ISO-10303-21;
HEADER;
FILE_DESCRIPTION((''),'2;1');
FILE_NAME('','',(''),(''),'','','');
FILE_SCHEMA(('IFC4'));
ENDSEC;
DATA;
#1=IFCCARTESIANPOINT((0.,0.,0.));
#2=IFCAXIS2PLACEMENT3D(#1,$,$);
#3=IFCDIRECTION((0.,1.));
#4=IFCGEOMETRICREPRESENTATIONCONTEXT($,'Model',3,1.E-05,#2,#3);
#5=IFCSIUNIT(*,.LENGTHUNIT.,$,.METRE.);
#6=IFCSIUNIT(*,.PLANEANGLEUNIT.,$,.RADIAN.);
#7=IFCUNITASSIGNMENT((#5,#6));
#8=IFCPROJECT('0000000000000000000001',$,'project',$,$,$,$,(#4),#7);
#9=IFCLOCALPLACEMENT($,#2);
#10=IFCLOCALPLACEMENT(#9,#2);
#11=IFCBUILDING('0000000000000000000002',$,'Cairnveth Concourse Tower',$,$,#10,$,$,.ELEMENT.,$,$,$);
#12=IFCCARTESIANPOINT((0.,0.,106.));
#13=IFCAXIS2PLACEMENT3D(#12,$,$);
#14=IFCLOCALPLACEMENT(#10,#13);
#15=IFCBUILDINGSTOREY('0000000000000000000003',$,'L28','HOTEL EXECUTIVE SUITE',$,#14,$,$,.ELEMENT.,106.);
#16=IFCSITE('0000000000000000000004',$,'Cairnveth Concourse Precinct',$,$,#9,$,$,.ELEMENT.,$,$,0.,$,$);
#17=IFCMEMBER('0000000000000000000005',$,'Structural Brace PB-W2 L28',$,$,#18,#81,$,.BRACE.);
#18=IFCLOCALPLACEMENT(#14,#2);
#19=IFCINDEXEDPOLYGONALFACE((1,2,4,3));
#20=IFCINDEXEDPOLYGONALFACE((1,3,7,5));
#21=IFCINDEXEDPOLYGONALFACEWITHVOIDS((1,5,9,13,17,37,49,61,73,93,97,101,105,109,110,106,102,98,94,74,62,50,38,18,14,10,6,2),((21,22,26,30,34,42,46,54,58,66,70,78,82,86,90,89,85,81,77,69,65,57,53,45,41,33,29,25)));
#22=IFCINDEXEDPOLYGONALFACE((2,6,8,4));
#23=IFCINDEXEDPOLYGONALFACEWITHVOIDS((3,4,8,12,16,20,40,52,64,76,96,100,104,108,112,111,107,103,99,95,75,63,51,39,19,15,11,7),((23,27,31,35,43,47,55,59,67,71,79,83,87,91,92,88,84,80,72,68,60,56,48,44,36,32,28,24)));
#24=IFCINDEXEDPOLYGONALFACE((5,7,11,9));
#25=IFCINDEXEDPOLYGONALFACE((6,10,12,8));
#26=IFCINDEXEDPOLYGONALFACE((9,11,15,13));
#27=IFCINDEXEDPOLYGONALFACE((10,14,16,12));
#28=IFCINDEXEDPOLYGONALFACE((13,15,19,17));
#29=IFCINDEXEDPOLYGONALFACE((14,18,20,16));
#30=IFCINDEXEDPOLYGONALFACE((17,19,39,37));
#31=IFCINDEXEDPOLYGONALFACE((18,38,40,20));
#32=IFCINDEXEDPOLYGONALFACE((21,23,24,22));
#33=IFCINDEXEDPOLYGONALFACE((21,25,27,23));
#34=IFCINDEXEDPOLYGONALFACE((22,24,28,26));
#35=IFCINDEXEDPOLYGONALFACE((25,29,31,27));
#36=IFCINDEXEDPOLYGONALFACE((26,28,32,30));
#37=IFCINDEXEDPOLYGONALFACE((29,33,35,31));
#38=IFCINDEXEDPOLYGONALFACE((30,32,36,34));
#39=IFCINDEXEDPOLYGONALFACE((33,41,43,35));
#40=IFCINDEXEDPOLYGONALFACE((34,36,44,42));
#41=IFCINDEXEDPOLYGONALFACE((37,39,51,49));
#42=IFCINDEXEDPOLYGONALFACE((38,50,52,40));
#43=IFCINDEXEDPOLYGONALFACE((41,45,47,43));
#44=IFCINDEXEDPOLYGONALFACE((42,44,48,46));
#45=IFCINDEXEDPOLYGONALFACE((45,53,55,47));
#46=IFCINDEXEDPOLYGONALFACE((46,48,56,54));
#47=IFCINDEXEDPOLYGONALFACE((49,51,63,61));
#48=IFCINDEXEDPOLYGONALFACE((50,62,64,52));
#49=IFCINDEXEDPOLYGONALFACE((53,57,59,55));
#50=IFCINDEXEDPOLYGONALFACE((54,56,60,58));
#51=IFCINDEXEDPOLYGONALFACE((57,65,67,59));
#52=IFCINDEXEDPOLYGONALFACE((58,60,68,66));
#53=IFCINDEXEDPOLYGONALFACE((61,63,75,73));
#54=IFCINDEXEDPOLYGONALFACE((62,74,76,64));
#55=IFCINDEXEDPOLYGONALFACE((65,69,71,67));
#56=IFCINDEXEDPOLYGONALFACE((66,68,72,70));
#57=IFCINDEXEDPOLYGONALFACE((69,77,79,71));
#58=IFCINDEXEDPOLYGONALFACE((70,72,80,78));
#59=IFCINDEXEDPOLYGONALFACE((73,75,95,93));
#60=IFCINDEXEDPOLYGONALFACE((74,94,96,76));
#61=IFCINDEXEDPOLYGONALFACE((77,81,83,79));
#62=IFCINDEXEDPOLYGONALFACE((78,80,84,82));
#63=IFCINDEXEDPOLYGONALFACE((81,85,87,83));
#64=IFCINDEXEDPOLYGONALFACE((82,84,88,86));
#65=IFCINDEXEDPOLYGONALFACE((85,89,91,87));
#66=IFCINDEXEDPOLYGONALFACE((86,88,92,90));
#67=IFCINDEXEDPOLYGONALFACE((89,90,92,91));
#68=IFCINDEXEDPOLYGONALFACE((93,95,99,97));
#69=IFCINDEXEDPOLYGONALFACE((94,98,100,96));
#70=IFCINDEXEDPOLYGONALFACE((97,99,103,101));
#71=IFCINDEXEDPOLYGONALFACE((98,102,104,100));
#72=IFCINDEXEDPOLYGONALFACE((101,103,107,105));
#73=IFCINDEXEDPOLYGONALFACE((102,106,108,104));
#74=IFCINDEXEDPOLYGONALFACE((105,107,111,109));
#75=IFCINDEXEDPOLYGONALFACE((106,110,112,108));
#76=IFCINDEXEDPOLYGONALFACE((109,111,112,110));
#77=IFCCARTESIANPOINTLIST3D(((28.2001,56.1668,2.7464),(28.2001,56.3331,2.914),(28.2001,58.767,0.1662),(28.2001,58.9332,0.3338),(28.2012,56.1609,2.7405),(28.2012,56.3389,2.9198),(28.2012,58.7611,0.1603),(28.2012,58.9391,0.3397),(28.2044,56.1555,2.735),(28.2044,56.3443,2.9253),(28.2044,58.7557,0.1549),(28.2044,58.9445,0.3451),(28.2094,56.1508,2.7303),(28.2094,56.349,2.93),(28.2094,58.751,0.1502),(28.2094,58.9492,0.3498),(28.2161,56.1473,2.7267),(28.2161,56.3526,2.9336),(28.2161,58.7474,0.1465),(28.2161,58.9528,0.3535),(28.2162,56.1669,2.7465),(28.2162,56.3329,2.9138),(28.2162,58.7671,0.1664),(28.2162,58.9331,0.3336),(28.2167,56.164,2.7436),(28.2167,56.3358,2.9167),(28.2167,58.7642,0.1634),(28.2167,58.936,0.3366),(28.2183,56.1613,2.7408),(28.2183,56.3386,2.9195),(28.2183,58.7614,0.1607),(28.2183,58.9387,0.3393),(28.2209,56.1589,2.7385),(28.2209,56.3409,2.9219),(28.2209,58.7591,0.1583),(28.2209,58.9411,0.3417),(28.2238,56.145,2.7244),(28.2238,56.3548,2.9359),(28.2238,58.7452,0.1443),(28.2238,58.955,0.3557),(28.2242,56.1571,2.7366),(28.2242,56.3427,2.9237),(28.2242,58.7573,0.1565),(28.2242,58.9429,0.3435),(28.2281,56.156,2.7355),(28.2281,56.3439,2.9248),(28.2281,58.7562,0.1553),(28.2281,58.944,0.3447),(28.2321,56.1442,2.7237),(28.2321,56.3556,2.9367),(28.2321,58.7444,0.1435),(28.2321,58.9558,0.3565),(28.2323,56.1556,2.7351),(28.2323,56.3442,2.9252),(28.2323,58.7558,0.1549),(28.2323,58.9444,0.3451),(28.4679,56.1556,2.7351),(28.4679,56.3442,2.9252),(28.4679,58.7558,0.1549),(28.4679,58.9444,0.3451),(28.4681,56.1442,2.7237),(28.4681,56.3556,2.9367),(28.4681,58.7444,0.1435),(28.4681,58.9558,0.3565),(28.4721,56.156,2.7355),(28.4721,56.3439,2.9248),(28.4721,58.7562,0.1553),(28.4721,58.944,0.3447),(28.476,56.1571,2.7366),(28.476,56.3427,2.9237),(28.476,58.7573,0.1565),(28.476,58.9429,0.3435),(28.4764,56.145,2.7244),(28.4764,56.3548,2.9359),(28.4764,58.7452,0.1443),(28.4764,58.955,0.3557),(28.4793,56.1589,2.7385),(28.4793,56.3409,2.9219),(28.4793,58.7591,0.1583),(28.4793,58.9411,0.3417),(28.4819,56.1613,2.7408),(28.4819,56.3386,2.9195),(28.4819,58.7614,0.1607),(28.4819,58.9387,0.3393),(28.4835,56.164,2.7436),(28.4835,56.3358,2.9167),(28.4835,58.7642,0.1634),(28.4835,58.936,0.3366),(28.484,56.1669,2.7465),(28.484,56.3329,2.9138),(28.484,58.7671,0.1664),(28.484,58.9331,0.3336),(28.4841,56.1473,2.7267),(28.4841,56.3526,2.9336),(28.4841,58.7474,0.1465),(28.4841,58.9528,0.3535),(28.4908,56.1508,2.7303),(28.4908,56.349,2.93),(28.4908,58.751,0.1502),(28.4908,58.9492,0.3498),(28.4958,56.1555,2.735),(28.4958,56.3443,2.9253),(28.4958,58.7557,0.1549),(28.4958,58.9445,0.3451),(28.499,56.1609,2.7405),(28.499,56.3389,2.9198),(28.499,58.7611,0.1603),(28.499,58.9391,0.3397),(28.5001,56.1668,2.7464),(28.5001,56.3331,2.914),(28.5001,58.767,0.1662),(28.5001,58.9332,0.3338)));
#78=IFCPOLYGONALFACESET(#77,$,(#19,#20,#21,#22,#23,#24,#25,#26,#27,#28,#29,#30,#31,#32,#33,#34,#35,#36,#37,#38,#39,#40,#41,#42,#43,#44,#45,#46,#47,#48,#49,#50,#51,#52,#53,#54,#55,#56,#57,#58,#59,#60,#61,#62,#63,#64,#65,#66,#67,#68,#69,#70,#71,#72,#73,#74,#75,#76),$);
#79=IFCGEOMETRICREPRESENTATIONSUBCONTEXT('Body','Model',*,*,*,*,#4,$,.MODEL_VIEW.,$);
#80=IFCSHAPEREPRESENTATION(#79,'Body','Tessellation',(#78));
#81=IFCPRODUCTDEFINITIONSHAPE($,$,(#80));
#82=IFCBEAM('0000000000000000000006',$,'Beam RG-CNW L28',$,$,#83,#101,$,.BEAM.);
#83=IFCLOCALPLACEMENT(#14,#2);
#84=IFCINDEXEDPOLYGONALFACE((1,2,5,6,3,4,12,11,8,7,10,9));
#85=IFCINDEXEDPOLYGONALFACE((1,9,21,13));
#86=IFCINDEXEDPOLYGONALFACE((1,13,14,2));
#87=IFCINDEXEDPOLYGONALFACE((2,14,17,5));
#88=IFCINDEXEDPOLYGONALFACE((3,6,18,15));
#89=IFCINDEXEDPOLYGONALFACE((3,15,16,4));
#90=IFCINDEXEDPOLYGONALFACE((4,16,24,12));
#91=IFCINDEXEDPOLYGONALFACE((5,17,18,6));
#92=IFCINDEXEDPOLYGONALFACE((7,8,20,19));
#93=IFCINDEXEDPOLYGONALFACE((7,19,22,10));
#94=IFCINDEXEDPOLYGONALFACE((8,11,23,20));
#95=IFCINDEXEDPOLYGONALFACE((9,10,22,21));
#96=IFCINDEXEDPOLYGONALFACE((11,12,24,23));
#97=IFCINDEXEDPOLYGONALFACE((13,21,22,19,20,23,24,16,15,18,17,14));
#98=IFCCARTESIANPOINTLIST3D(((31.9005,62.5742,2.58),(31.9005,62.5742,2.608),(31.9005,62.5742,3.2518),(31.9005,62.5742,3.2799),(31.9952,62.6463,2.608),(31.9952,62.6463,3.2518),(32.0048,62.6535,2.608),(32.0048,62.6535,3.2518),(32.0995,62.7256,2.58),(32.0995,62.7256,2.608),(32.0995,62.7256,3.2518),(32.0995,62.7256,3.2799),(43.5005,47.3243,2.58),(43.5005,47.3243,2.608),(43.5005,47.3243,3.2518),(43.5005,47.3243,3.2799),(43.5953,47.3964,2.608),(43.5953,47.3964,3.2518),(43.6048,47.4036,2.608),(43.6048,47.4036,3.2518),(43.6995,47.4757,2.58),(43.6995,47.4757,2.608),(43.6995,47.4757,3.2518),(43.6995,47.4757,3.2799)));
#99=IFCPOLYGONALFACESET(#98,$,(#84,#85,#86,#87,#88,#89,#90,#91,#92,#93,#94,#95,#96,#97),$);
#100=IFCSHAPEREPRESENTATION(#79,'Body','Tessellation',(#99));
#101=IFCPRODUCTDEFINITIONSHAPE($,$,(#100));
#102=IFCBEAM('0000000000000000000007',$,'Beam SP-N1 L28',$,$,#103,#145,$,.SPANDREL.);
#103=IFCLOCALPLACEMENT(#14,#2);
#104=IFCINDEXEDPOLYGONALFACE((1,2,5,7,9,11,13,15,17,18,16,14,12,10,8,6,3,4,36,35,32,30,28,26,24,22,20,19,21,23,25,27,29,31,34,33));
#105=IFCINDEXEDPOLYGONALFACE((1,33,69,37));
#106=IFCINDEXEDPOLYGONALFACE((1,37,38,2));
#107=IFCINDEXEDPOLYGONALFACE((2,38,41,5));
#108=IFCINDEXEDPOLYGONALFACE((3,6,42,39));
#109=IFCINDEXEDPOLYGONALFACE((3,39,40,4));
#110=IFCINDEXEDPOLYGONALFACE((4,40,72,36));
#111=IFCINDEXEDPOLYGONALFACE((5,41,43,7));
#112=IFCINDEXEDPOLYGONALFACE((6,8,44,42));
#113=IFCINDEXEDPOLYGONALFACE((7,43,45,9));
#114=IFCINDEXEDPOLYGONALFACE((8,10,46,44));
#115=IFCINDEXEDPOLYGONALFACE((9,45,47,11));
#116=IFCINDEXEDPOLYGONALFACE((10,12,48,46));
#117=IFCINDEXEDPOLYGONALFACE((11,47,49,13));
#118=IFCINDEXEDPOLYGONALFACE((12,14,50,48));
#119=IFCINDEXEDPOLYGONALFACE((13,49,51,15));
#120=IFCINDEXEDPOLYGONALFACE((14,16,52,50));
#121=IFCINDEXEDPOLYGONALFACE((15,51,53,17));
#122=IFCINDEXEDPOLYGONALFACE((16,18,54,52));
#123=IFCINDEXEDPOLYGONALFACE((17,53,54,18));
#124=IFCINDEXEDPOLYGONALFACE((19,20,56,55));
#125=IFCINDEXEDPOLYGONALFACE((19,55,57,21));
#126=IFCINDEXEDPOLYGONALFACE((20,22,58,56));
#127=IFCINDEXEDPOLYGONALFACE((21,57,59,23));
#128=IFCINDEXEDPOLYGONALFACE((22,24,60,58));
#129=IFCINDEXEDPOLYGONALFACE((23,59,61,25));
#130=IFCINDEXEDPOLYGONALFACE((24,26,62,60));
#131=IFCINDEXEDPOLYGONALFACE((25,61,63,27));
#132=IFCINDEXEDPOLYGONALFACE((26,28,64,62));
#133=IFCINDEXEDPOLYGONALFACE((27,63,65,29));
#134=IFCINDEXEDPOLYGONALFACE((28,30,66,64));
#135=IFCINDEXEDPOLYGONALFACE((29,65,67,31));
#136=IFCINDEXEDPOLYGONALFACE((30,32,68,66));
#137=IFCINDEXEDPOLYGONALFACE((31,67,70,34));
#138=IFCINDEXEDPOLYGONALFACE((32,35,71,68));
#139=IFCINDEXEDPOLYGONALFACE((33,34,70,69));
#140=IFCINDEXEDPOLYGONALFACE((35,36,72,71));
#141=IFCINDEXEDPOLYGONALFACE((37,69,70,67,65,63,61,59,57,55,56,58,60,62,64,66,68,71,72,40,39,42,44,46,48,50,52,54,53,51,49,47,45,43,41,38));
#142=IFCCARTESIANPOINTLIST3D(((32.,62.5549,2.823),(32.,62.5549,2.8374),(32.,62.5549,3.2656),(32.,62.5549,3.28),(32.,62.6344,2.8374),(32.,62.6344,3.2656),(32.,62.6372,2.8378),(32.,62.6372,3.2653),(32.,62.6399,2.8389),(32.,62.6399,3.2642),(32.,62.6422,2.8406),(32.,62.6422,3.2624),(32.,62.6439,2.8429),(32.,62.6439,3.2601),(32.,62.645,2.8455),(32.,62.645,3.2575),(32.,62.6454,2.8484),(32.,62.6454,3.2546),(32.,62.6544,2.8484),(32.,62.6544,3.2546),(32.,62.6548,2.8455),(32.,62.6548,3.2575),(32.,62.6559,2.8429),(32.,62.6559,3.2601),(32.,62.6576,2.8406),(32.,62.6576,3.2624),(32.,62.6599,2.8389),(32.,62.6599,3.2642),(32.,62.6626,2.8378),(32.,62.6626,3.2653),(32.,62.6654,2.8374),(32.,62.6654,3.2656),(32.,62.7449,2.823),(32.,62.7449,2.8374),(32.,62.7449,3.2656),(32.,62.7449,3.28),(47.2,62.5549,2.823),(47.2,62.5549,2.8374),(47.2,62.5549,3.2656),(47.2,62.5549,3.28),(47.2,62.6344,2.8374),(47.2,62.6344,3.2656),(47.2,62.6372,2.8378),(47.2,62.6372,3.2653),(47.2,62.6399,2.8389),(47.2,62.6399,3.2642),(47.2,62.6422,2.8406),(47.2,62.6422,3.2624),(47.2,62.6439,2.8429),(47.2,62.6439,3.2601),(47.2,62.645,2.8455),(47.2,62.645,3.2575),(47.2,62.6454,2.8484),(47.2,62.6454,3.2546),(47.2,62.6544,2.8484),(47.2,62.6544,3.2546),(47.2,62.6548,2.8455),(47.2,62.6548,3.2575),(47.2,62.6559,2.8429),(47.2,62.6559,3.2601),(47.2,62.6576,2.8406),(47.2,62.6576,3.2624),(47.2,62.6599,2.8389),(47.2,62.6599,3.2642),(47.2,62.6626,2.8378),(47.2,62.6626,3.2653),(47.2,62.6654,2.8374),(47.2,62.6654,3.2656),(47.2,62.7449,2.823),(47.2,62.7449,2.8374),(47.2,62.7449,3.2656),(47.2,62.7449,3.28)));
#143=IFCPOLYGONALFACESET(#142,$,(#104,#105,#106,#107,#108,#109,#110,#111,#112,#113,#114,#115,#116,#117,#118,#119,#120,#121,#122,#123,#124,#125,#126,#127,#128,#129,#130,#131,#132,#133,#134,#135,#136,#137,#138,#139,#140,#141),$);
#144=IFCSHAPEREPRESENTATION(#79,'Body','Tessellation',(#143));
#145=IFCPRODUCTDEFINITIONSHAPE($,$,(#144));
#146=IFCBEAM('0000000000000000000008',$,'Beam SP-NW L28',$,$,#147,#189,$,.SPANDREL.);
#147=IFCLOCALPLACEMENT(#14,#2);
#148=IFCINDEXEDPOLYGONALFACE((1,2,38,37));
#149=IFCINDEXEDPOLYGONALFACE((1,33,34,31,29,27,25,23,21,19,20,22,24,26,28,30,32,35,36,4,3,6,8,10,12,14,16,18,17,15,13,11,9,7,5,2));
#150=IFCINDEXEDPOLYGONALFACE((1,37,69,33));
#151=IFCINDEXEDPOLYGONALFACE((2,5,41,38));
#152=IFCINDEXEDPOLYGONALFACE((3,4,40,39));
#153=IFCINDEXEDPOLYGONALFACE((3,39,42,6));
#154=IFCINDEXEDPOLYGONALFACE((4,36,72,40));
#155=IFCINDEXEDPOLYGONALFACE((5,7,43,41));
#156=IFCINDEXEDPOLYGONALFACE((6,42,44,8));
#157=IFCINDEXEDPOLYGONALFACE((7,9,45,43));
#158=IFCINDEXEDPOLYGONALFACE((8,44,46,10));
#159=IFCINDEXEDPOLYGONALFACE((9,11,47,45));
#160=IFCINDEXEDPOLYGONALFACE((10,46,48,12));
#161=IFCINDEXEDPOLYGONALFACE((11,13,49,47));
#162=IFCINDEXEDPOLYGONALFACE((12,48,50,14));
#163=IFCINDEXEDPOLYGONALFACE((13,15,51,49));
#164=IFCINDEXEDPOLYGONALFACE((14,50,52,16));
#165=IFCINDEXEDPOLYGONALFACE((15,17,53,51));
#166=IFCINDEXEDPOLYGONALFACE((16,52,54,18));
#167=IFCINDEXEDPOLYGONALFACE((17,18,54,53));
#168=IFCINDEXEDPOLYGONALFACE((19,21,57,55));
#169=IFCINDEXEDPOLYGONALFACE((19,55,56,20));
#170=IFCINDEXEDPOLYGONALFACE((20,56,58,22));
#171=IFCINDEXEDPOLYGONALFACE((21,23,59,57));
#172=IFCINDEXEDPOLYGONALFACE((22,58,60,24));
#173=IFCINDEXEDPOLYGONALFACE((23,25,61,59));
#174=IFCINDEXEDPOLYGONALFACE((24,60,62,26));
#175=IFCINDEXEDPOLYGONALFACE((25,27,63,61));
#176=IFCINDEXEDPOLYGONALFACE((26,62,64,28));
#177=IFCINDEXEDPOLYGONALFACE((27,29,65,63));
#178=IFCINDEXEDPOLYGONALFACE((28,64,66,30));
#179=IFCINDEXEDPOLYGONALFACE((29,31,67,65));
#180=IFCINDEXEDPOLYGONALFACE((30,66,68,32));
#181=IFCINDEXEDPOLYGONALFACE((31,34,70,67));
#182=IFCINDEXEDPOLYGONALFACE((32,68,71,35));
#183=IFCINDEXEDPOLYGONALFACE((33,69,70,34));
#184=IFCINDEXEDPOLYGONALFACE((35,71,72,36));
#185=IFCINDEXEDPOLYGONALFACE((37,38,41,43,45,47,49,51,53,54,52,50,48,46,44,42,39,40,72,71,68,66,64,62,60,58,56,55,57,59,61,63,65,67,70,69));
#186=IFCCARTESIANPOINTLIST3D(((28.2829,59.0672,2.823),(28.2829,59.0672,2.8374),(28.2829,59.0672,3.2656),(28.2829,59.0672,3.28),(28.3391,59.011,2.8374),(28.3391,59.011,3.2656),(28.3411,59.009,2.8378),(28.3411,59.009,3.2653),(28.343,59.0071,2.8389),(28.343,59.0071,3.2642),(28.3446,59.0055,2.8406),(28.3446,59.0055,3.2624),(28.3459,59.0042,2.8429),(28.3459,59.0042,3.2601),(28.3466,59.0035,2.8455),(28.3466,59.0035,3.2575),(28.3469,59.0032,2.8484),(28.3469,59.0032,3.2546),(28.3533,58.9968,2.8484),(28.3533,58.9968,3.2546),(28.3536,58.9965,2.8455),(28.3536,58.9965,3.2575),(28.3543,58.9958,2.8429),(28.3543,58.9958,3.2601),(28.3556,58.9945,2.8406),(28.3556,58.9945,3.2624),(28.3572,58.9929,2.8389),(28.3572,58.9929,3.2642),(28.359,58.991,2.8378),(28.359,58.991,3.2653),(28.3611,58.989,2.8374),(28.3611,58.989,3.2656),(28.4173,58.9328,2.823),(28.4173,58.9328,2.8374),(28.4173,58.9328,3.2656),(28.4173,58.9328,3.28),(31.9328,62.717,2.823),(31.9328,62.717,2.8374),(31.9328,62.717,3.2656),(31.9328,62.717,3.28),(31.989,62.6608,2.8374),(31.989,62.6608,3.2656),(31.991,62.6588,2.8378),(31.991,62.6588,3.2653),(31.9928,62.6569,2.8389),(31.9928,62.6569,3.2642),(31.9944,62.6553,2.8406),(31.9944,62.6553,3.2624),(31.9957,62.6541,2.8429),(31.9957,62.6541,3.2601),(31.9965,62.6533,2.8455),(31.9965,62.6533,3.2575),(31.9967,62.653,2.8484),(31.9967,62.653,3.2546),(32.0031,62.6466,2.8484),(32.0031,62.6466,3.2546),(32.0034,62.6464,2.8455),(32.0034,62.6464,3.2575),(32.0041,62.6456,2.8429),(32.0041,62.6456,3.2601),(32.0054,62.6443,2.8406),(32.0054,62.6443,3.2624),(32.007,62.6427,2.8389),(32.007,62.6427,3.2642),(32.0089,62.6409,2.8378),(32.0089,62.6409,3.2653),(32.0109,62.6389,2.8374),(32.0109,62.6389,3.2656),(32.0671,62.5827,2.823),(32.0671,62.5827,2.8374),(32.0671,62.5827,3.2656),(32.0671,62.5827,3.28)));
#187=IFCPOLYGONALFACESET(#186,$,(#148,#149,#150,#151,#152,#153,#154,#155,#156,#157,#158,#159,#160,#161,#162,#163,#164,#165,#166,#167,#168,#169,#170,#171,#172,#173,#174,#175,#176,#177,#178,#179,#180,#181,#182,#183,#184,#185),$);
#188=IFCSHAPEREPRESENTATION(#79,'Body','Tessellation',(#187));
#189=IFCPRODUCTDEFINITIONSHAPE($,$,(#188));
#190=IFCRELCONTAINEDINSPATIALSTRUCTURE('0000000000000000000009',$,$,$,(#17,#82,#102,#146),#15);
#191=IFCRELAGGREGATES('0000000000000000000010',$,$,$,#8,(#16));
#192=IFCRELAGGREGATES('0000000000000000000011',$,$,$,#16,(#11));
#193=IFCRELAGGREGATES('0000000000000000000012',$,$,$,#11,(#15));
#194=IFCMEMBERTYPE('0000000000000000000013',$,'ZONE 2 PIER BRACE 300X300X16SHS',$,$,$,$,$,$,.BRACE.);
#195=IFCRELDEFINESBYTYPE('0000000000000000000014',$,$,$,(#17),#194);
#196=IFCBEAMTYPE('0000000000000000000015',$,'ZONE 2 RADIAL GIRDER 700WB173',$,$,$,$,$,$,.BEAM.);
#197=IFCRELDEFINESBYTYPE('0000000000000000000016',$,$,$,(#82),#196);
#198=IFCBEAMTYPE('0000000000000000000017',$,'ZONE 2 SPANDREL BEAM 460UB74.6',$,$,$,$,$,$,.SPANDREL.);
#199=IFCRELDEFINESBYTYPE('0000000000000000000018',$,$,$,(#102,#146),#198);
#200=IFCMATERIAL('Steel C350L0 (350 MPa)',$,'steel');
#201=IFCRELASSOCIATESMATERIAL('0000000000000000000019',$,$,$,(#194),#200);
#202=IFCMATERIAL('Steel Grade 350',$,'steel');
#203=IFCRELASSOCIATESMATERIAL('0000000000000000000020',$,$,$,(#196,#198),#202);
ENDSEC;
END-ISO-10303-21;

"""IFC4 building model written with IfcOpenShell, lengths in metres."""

from ifc_helpers import new_model, si_unit, direction, frame, origin, origin_2d, place, context, subcontext, project, spatial, hollow_rectangle, i_section, extrude, material, material_profile, profile_set, type_object, element, save


model = new_model("IFC4")

# Units and contexts
model_context = context("Model", 3, precision=1e-05, world=origin(), true_north=direction((0.0, 1.0)))
body_context = subcontext(model_context, "Body", "Model", "MODEL_VIEW")
ifc_project = project(units=[si_unit("LENGTHUNIT", "METRE"), si_unit("PLANEANGLEUNIT", "RADIAN")], contexts=[model_context])

# Site, building, storey
site_placement = place(None, origin())
site = spatial("IfcSite", under=ifc_project, at=site_placement, Name="Cairnveth Concourse Precinct", CompositionType="ELEMENT", RefElevation=0.0)
building_placement = place(site_placement, origin())
building = spatial("IfcBuilding", under=site, at=building_placement, Name="Cairnveth Concourse Tower", CompositionType="ELEMENT")
storey_placement = place(building_placement, frame((0.0, 0.0, 106.0)))
storey = spatial("IfcBuildingStorey", under=building, at=storey_placement, Name="L28", Description="HOTEL EXECUTIVE SUITE", CompositionType="ELEMENT", Elevation=106.0)

# Shared definitions
ifc_material_1 = material(Name="Steel Grade 350", Category="steel")

# Member
ifc_material_2 = material(Name="Steel C350L0 (350 MPa)", Category="steel")
ifc_material_profile_1 = material_profile(ifc_material_2, hollow_rectangle(XDim=0.3, YDim=0.3, WallThickness=0.0161, InnerFilletRadius=0.0161, OuterFilletRadius=0.032, at=origin_2d()), Name="300x300x16.0SHS")
ifc_profile_set_1 = profile_set([ifc_material_profile_1], Name="Steel C350L0 (350 MPa)")
member_type = type_object("IfcMemberType", Name="ZONE 2 PIER BRACE 300X300X16SHS", PredefinedType="BRACE", material=ifc_profile_set_1)
for number, where, z_axis, x_axis, name in (
    (1, (28.3501, 58.8501, 0.25), (0.0, -0.709834, 0.704369), (1.0, 0.0, 0.0), "Structural Brace PB-W2 L28"),
):
    element("IfcMember", number, at=place(storey_placement, frame(where, z_axis=z_axis, x_axis=x_axis)), inside=storey, type_object=member_type, Name=name, PredefinedType="BRACE", context=body_context, shape_type="SweptSolid", body=[
        extrude(hollow_rectangle(XDim=0.3, YDim=0.3, WallThickness=0.0161, InnerFilletRadius=0.0161, OuterFilletRadius=0.032, at=origin_2d()), origin(), (0.0, 0.0, 1.0), 3.6631),
    ])

# Beams
ifc_material_profile_2 = material_profile(ifc_material_1, i_section(OverallWidth=0.25, OverallDepth=0.7, WebThickness=0.012, FlangeThickness=0.0281, at=origin_2d()), Name="700WB173")
ifc_profile_set_2 = profile_set([ifc_material_profile_2], Name="Steel Grade 350")
beam_type_1 = type_object("IfcBeamType", Name="ZONE 2 RADIAL GIRDER 700WB173", PredefinedType="BEAM", material=ifc_profile_set_2)
beam_1_placement = place(storey_placement, frame((32.0, 62.6499, 2.9299), z_axis=(0.605417, -0.795908, 0.0), x_axis=(0.795908, 0.605417, 0.0)))
element("IfcBeam", 2, at=beam_1_placement, inside=storey, type_object=beam_type_1, Name="Beam RG-CNW L28", PredefinedType="BEAM", context=body_context, shape_type="SweptSolid", body=[
    extrude(i_section(OverallWidth=0.25, OverallDepth=0.7, WebThickness=0.012, FlangeThickness=0.0281, at=origin_2d()), origin(), (0.0, 0.0, 1.0), 19.1604),
])
ifc_material_profile_3 = material_profile(ifc_material_1, i_section(OverallWidth=0.1899, OverallDepth=0.457, WebThickness=0.009, FlangeThickness=0.0144, FilletRadius=0.011, at=origin_2d()), Name="460UB74.6")
ifc_profile_set_3 = profile_set([ifc_material_profile_3], Name="Steel Grade 350")
beam_type_2 = type_object("IfcBeamType", Name="ZONE 2 SPANDREL BEAM 460UB74.6", PredefinedType="SPANDREL", material=ifc_profile_set_3)
beam_2_placement = place(storey_placement, frame((32.0, 62.6499, 3.0515), z_axis=(1.0, 0.0, 0.0), x_axis=(0.0, 1.0, 0.0)))
element("IfcBeam", 3, at=beam_2_placement, inside=storey, type_object=beam_type_2, Name="Beam SP-N1 L28", PredefinedType="SPANDREL", context=body_context, shape_type="SweptSolid", body=[
    extrude(i_section(OverallWidth=0.1899, OverallDepth=0.457, WebThickness=0.009, FlangeThickness=0.0144, FilletRadius=0.011, at=origin_2d()), origin(), (0.0, 0.0, 1.0), 15.2),
])
beam_3_placement = place(storey_placement, frame((28.3501, 59.0, 3.0515), z_axis=(0.707107, 0.707107, 0.0), x_axis=(-0.707107, 0.707107, 0.0)))
element("IfcBeam", 4, at=beam_3_placement, inside=storey, type_object=beam_type_2, Name="Beam SP-NW L28", PredefinedType="SPANDREL", context=body_context, shape_type="SweptSolid", body=[
    extrude(i_section(OverallWidth=0.1899, OverallDepth=0.457, WebThickness=0.009, FlangeThickness=0.0144, FilletRadius=0.011, at=origin_2d()), origin(), (0.0, 0.0, 1.0), 5.1616),
])

save(model, "model.ifc")
